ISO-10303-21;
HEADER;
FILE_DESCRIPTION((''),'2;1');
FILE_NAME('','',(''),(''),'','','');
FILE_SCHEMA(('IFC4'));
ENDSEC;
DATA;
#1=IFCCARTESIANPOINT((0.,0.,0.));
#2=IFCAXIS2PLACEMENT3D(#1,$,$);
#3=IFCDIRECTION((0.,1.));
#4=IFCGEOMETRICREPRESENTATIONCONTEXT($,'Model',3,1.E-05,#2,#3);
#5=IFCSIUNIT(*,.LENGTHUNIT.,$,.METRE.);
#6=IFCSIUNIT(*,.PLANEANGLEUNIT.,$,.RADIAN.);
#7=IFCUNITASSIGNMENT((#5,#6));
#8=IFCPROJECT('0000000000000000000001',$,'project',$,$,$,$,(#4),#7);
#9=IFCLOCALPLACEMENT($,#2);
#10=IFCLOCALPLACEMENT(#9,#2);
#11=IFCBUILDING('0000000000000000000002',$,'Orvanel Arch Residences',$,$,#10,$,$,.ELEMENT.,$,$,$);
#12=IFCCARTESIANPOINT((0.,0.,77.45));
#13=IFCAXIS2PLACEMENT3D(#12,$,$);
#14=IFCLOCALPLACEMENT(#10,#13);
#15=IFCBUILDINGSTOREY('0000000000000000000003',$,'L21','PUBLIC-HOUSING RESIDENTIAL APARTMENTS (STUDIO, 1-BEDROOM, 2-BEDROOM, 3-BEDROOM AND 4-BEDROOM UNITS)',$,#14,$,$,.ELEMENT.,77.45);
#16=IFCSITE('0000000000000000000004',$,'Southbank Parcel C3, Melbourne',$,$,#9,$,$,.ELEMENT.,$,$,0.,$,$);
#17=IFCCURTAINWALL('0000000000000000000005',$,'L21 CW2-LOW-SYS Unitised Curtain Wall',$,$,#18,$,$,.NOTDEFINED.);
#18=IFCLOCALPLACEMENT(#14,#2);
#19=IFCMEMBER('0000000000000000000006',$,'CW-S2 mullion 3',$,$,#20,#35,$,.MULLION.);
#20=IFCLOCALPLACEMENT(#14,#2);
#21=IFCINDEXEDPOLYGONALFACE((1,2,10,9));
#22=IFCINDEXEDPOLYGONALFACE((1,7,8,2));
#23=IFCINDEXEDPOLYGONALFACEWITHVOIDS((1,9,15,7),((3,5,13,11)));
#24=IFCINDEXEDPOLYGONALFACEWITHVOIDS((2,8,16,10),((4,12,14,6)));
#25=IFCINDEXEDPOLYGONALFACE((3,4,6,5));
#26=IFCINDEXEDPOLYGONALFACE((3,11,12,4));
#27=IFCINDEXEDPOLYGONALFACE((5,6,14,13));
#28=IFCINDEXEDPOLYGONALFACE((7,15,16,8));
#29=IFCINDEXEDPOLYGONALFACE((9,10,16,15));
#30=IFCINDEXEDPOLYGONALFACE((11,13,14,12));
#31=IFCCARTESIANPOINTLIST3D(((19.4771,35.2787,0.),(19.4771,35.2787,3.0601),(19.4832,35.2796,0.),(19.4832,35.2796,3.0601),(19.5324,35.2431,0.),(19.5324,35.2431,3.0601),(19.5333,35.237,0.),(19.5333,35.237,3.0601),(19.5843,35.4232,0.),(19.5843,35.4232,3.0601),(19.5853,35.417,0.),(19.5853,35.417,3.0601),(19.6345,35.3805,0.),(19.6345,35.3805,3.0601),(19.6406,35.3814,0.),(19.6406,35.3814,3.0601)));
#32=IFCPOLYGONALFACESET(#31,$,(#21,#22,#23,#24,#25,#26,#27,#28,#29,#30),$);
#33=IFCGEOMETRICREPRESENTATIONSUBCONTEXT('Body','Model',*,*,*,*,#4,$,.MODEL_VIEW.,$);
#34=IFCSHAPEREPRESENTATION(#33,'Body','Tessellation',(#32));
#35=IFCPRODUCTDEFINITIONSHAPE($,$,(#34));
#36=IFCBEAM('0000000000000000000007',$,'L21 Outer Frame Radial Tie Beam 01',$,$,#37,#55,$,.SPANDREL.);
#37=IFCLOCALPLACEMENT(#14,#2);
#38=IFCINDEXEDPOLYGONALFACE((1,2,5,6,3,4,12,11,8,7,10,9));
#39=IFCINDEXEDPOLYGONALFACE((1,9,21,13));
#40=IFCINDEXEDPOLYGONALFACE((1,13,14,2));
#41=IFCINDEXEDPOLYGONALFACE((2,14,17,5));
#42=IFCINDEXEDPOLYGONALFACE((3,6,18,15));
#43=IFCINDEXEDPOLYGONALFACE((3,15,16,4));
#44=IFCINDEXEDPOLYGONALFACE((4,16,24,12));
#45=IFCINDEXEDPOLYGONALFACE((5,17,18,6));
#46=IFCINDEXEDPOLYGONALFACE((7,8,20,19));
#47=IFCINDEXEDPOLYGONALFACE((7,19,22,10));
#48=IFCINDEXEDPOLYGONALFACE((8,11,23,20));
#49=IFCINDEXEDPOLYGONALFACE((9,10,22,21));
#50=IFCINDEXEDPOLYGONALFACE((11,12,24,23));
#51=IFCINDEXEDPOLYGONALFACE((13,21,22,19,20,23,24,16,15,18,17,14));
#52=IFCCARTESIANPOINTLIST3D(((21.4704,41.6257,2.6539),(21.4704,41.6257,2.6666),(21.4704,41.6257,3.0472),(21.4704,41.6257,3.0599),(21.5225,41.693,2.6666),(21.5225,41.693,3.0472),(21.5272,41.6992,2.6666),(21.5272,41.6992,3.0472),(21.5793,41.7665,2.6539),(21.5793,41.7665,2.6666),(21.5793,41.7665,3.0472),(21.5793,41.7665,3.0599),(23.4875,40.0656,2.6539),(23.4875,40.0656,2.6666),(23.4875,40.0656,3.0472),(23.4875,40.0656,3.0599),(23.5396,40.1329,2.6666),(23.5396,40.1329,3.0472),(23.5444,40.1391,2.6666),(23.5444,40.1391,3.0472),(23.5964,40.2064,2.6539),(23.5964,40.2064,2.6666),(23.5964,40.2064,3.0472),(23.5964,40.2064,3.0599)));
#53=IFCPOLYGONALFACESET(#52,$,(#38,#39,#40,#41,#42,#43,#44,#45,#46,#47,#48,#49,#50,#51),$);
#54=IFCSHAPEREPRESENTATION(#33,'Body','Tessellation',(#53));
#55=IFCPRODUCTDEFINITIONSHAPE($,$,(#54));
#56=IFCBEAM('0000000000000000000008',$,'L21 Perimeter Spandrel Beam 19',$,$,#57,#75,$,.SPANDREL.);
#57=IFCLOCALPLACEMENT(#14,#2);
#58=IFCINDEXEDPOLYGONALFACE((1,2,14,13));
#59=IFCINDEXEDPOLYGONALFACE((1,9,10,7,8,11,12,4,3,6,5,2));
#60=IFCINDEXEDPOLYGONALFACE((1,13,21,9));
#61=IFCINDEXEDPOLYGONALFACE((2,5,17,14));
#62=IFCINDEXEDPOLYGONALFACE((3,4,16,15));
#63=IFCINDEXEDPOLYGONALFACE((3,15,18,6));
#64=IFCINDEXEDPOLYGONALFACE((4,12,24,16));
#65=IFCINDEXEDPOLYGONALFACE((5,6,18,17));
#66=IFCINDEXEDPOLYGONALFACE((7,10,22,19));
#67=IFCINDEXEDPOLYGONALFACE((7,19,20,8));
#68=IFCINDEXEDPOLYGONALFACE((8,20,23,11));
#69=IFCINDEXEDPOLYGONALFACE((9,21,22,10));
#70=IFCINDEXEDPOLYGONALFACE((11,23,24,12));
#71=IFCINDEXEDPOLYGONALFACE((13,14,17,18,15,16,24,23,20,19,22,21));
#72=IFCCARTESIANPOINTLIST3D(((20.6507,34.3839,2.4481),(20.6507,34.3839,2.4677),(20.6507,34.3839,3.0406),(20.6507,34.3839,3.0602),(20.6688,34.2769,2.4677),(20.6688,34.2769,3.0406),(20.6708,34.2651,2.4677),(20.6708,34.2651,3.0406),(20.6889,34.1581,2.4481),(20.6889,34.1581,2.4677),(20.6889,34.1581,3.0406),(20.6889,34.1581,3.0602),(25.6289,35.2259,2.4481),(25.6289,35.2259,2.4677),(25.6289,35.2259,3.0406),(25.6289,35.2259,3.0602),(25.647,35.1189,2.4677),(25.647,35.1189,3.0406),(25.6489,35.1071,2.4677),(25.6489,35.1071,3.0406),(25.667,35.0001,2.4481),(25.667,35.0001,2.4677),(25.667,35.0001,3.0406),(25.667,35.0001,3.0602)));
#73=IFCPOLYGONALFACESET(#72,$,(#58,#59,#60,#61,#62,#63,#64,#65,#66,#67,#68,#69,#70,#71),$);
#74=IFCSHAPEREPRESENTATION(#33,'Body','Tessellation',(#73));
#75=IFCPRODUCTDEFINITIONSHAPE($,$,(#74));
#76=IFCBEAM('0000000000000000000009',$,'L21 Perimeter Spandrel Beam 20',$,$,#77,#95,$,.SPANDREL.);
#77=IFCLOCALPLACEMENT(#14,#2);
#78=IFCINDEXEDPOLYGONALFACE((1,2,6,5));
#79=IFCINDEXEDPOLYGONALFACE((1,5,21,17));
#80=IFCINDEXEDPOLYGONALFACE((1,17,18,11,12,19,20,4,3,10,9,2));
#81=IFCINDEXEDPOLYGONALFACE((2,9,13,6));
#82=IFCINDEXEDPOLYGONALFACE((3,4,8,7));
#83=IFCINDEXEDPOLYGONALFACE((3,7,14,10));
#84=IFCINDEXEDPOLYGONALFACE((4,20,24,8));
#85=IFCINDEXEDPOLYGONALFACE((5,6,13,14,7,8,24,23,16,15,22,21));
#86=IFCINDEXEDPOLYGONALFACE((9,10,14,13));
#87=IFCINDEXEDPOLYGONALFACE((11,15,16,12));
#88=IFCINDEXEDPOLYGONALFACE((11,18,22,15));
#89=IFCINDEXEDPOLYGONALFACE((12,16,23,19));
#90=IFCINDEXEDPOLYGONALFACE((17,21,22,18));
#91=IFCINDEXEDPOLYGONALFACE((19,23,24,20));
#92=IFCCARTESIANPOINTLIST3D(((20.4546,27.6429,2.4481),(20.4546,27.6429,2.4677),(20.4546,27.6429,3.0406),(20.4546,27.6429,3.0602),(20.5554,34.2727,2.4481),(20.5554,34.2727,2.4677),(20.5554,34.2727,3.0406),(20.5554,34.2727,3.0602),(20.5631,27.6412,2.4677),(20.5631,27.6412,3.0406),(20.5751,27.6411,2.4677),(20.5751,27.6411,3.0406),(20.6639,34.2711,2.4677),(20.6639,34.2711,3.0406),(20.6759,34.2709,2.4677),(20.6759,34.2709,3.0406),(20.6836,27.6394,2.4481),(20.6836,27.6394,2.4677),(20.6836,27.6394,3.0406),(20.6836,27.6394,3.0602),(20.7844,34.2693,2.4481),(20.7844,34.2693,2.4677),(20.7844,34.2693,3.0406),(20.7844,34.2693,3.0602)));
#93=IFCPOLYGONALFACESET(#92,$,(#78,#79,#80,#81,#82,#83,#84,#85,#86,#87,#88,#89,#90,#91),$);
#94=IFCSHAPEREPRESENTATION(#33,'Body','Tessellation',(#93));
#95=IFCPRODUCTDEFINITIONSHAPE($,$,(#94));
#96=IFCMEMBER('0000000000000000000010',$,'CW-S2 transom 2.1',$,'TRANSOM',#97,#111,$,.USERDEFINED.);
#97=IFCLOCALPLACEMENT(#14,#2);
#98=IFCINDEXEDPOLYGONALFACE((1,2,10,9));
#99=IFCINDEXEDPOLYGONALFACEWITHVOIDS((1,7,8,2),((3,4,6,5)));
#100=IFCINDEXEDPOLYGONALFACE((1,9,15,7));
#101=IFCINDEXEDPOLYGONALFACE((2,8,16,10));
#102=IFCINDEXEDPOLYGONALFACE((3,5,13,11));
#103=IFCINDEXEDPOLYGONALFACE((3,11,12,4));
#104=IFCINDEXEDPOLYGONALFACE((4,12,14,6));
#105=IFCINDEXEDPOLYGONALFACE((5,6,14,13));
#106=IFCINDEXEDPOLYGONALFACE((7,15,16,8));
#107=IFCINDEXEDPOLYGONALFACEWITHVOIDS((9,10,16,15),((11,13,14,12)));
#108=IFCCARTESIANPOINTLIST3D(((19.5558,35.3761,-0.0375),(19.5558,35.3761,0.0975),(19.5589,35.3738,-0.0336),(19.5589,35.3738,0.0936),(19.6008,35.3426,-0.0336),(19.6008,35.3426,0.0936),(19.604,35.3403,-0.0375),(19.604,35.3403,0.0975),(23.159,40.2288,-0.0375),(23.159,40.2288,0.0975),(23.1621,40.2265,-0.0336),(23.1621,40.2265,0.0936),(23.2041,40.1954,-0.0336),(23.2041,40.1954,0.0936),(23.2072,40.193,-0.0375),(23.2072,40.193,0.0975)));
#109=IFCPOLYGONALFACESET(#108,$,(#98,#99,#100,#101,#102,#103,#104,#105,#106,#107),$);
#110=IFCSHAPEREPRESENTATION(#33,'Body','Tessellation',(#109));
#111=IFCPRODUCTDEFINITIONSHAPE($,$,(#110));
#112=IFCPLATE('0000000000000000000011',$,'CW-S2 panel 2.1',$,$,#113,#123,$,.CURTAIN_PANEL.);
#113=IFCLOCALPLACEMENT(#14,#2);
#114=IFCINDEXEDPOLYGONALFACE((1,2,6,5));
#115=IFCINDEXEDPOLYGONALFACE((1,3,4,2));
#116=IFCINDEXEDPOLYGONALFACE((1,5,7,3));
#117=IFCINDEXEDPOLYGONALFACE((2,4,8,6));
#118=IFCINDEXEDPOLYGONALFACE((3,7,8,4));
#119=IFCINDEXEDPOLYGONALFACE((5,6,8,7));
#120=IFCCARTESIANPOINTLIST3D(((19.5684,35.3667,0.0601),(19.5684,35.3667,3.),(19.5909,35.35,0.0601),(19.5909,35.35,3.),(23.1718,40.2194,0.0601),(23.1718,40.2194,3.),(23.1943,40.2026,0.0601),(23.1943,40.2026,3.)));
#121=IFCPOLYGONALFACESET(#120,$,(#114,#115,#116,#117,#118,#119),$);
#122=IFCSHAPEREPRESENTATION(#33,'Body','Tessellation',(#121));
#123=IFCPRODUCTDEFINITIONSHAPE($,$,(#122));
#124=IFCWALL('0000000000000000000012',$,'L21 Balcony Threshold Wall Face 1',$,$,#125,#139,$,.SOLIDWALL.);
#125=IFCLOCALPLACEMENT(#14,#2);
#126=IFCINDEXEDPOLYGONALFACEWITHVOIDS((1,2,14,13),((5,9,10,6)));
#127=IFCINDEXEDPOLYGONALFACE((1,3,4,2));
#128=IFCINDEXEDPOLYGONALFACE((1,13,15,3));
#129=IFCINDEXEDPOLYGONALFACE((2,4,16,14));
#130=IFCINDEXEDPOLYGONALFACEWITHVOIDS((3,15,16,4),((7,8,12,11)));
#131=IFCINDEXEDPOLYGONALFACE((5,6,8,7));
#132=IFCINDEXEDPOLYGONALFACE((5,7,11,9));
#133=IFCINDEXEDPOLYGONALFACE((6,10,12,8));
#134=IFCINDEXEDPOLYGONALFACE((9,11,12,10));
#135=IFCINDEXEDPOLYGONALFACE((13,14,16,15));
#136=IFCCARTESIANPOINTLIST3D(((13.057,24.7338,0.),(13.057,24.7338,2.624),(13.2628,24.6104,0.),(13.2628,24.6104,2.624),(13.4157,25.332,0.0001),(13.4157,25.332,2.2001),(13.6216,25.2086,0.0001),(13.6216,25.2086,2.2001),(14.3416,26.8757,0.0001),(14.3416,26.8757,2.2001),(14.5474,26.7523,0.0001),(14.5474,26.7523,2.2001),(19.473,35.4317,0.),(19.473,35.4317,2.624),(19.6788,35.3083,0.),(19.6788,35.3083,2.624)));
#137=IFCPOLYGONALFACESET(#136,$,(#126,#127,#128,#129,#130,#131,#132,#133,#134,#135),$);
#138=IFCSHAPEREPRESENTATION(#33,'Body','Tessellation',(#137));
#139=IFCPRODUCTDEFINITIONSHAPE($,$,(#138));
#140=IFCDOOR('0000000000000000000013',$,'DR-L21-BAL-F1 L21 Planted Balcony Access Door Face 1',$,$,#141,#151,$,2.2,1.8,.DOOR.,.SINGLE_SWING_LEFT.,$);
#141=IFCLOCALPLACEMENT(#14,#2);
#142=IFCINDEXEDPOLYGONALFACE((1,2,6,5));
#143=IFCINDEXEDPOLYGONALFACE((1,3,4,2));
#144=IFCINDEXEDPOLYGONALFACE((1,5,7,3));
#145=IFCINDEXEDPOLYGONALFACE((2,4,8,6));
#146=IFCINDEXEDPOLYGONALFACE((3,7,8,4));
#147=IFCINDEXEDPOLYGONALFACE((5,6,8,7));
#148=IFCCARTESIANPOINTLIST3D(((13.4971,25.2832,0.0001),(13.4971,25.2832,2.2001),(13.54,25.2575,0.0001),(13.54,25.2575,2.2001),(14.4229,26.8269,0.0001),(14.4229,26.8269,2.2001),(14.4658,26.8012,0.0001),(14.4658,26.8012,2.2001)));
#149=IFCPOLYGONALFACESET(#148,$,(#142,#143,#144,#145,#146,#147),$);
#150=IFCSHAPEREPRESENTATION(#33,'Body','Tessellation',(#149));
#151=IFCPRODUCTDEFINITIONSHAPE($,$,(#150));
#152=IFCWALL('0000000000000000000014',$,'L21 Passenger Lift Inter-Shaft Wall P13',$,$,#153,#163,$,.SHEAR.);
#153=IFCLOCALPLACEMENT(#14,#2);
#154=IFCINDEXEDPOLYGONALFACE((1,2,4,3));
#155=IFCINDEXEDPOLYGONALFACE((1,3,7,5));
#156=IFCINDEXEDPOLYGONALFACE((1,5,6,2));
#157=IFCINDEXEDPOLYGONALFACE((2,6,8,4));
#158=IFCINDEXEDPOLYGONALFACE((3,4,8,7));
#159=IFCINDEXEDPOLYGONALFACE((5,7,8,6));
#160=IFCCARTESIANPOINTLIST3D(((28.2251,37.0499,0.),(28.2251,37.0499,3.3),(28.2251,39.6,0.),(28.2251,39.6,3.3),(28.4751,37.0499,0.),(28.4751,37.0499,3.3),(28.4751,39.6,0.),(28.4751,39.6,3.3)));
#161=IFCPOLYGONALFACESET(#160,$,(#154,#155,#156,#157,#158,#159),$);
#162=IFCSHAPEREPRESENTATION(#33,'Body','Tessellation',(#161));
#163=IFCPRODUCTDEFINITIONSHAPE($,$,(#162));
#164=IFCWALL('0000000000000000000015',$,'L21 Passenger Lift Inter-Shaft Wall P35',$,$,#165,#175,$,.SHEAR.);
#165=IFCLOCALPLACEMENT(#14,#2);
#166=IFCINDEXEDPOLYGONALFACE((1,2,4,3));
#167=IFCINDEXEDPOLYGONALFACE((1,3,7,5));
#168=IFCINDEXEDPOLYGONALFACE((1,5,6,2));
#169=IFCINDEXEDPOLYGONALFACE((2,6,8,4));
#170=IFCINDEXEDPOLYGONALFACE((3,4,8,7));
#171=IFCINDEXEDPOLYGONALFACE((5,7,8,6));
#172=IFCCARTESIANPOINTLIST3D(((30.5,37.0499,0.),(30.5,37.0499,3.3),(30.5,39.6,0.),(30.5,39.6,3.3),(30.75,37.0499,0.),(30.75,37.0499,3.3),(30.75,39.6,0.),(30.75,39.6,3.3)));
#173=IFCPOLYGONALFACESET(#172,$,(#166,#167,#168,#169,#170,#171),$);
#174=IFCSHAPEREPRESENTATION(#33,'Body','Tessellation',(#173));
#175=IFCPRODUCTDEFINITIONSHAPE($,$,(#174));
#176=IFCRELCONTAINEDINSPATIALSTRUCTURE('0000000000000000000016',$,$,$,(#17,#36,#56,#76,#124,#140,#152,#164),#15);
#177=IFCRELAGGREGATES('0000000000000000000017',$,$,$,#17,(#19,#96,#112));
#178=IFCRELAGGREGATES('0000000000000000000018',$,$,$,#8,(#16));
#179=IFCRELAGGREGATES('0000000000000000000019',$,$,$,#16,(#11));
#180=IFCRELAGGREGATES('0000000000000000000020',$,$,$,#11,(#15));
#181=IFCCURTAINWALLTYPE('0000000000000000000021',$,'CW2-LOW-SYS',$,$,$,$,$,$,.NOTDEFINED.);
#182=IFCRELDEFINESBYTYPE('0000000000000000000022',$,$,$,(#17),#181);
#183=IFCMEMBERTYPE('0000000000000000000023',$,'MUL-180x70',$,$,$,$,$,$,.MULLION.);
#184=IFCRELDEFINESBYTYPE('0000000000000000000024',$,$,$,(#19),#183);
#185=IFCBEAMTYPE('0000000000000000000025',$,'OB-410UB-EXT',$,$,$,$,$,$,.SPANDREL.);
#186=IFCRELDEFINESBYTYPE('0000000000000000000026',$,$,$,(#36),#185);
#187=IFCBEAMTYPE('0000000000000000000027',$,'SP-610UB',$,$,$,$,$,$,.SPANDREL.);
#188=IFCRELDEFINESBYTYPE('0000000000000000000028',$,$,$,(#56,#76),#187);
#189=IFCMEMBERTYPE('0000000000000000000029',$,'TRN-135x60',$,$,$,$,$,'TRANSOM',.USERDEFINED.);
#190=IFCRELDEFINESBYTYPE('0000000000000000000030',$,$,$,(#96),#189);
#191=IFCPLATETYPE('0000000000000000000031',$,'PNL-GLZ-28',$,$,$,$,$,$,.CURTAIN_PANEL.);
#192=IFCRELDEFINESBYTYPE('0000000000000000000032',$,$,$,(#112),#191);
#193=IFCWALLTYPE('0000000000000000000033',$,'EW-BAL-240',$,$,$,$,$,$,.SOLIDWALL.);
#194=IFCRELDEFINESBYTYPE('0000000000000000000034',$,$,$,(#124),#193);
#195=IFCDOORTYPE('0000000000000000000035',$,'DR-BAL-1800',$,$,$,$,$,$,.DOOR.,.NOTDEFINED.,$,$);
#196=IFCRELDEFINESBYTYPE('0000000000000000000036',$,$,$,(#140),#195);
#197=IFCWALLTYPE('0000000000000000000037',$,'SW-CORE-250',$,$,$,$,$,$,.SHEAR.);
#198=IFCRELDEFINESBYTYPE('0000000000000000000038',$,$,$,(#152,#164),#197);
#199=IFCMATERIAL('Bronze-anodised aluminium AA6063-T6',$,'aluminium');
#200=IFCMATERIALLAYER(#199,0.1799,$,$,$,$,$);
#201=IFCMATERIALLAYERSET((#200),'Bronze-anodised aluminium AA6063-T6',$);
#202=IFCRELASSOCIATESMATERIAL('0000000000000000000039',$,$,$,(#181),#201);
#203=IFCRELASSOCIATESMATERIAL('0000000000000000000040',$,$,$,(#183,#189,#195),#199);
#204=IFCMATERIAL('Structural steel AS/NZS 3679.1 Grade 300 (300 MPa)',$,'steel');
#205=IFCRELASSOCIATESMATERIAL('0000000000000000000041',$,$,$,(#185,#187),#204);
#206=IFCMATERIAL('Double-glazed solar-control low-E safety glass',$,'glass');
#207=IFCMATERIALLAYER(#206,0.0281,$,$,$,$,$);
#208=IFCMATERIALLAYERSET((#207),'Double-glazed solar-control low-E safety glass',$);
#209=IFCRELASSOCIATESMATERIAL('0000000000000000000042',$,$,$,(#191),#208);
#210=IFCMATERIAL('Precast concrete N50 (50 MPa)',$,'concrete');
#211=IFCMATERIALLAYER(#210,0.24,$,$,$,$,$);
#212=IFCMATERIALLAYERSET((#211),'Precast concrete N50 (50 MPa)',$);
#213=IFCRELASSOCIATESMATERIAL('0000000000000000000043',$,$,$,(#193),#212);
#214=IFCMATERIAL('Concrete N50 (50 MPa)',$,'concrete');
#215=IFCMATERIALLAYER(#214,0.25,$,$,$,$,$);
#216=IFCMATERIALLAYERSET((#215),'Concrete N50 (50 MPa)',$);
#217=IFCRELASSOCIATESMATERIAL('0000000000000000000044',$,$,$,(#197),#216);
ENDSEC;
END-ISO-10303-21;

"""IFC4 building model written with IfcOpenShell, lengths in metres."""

from ifc_helpers import new_model, si_unit, direction, frame, frame_2d, origin, origin_2d, place, context, subcontext, project, spatial, rectangle, hollow_rectangle, i_section, extrude, material, layer, layer_set, material_profile, profile_set, type_object, element, fill, aggregate, save


model = new_model("IFC4")

# Units and contexts
model_context = context("Model", 3, precision=1e-05, world=origin(), true_north=direction((0.0, 1.0)))
body_context = subcontext(model_context, "Body", "Model", "MODEL_VIEW")
ifc_project = project(units=[si_unit("LENGTHUNIT", "METRE"), si_unit("PLANEANGLEUNIT", "RADIAN")], contexts=[model_context])

# Site, building, storey
site_placement = place(None, origin())
site = spatial("IfcSite", under=ifc_project, at=site_placement, Name="Southbank Parcel C3, Melbourne", CompositionType="ELEMENT", RefElevation=0.0)
building_placement = place(site_placement, origin())
building = spatial("IfcBuilding", under=site, at=building_placement, Name="Orvanel Arch Residences", CompositionType="ELEMENT")
storey_placement = place(building_placement, frame((0.0, 0.0, 77.45)))
storey = spatial("IfcBuildingStorey", under=building, at=storey_placement, Name="L21", Description="PUBLIC-HOUSING RESIDENTIAL APARTMENTS (STUDIO, 1-BEDROOM, 2-BEDROOM, 3-BEDROOM AND 4-BEDROOM UNITS)", CompositionType="ELEMENT", Elevation=77.45)

# Shared definitions
ifc_material_1 = material(Name="Structural steel AS/NZS 3679.1 Grade 300 (300 MPa)", Category="steel")

# Curtain wall, member
ifc_material_2 = material(Name="Bronze-anodised aluminium AA6063-T6", Category="aluminium")
ifc_layer_1 = layer(ifc_material_2, 0.1799)
ifc_layer_set_1 = layer_set([ifc_layer_1], Name="Bronze-anodised aluminium AA6063-T6")
curtain_wall_type = type_object("IfcCurtainWallType", Name="CW2-LOW-SYS", PredefinedType="NOTDEFINED", material=ifc_layer_set_1)
curtain_wall_placement = place(storey_placement, origin())
curtain_wall = element("IfcCurtainWall", 1, at=curtain_wall_placement, inside=storey, type_object=curtain_wall_type, Name="L21 CW2-LOW-SYS Unitised Curtain Wall", PredefinedType="NOTDEFINED")
ifc_material_profile_1 = material_profile(ifc_material_2, hollow_rectangle(XDim=0.0701, YDim=0.1799, WallThickness=0.0044, at=origin_2d()), Name="ALU180x70x4.5")
ifc_profile_set_1 = profile_set([ifc_material_profile_1], Name="Bronze-anodised aluminium AA6063-T6")
member_type_1 = type_object("IfcMemberType", Name="MUL-180x70", PredefinedType="MULLION", material=ifc_profile_set_1)
member_1_placement = place(storey_placement, frame((19.5588, 35.3301, 0.0), z_axis=(0.0, 0.0, 1.0), x_axis=(0.802859, -0.596168, 0.0)))
member_1 = element("IfcMember", 2, at=member_1_placement, type_object=member_type_1, Name="CW-S2 mullion 3", PredefinedType="MULLION", context=body_context, shape_type="SweptSolid", body=[
    extrude(hollow_rectangle(XDim=0.0701, YDim=0.1799, WallThickness=0.0044, at=origin_2d()), origin(), (0.0, 0.0, 1.0), 3.0601),
])

# Beams
ifc_material_profile_2 = material_profile(ifc_material_1, i_section(OverallWidth=0.178, OverallDepth=0.406, WebThickness=0.0078, FlangeThickness=0.0127, at=origin_2d()), Name="410UB59.7")
ifc_profile_set_2 = profile_set([ifc_material_profile_2], Name="Structural steel AS/NZS 3679.1 Grade 300 (300 MPa)")
beam_type_1 = type_object("IfcBeamType", Name="OB-410UB-EXT", PredefinedType="SPANDREL", material=ifc_profile_set_2)
beam_1_placement = place(storey_placement, frame((23.542, 40.136, 2.8569), z_axis=(-0.79102, 0.611791, 0.0), x_axis=(-0.611791, -0.79102, 0.0)))
element("IfcBeam", 3, at=beam_1_placement, inside=storey, type_object=beam_type_1, Name="L21 Outer Frame Radial Tie Beam 01", PredefinedType="SPANDREL", context=body_context, shape_type="SweptSolid", body=[
    extrude(i_section(OverallWidth=0.178, OverallDepth=0.406, WebThickness=0.0078, FlangeThickness=0.0127, at=origin_2d()), origin(), (0.0, 0.0, 1.0), 2.55),
])
ifc_material_profile_3 = material_profile(ifc_material_1, i_section(OverallWidth=0.229, OverallDepth=0.6121, WebThickness=0.012, FlangeThickness=0.0195, at=origin_2d()), Name="610UB125")
ifc_profile_set_3 = profile_set([ifc_material_profile_3], Name="Structural steel AS/NZS 3679.1 Grade 300 (300 MPa)")
beam_type_2 = type_object("IfcBeamType", Name="SP-610UB", PredefinedType="SPANDREL", material=ifc_profile_set_3)
beam_2_placement = place(storey_placement, frame((25.6479, 35.113, 2.7542), z_axis=(-0.985994, -0.166782, 0.0), x_axis=(0.166782, -0.985994, 0.0)))
element("IfcBeam", 4, at=beam_2_placement, inside=storey, type_object=beam_type_2, Name="L21 Perimeter Spandrel Beam 19", PredefinedType="SPANDREL", context=body_context, shape_type="SweptSolid", body=[
    extrude(i_section(OverallWidth=0.229, OverallDepth=0.6121, WebThickness=0.012, FlangeThickness=0.0195, at=origin_2d()), origin(), (0.0, 0.0, 1.0), 5.0488),
])
beam_3_placement = place(storey_placement, frame((20.6699, 34.271, 2.7542), z_axis=(-0.015207, -0.999884, 0.0), x_axis=(0.999884, -0.015207, 0.0)))
element("IfcBeam", 5, at=beam_3_placement, inside=storey, type_object=beam_type_2, Name="L21 Perimeter Spandrel Beam 20", PredefinedType="SPANDREL", context=body_context, shape_type="SweptSolid", body=[
    extrude(i_section(OverallWidth=0.229, OverallDepth=0.6121, WebThickness=0.012, FlangeThickness=0.0195, at=origin_2d()), origin(), (0.0, 0.0, 1.0), 6.6306),
])

# Member
ifc_material_profile_4 = material_profile(ifc_material_2, hollow_rectangle(XDim=0.0601, YDim=0.135, WallThickness=0.0039, at=origin_2d()), Name="ALU135x60x4")
ifc_profile_set_4 = profile_set([ifc_material_profile_4], Name="Bronze-anodised aluminium AA6063-T6")
member_type_2 = type_object("IfcMemberType", Name="TRN-135x60", ElementType="TRANSOM", PredefinedType="USERDEFINED", material=ifc_profile_set_4)
member_2_placement = place(storey_placement, frame((23.1831, 40.2109, 0.03), z_axis=(-0.596148, -0.802875, 0.0), x_axis=(0.802875, -0.596148, 0.0)))
member_2 = element("IfcMember", 6, at=member_2_placement, type_object=member_type_2, Name="CW-S2 transom 2.1", ObjectType="TRANSOM", PredefinedType="USERDEFINED", context=body_context, shape_type="SweptSolid", body=[
    extrude(hollow_rectangle(XDim=0.0601, YDim=0.135, WallThickness=0.0039, at=origin_2d()), origin(), (0.0, 0.0, 1.0), 6.0442),
])

# Plate
ifc_material_3 = material(Name="Double-glazed solar-control low-E safety glass", Category="glass")
ifc_layer_2 = layer(ifc_material_3, 0.0281)
ifc_layer_set_2 = layer_set([ifc_layer_2], Name="Double-glazed solar-control low-E safety glass")
plate_type = type_object("IfcPlateType", Name="PNL-GLZ-28", PredefinedType="CURTAIN_PANEL", material=ifc_layer_set_2)
plate_placement = place(storey_placement, frame((21.3813, 37.7847, 0.0601), z_axis=(0.0, 0.0, 1.0), x_axis=(-0.596168, -0.802859, 0.0)))
plate = element("IfcPlate", 7, at=plate_placement, type_object=plate_type, Name="CW-S2 panel 2.1", PredefinedType="CURTAIN_PANEL", context=body_context, shape_type="SweptSolid", body=[
    extrude(rectangle(XDim=6.0442, YDim=0.0281, at=origin_2d()), origin(), (0.0, 0.0, 1.0), 2.9399),
])
aggregate(curtain_wall, [member_1, member_2, plate])

# Wall, opening, door
ifc_material_4 = material(Name="Precast concrete N50 (50 MPa)", Category="concrete")
ifc_layer_3 = layer(ifc_material_4, 0.24)
ifc_layer_set_3 = layer_set([ifc_layer_3], Name="Precast concrete N50 (50 MPa)")
wall_type_1 = type_object("IfcWallType", Name="EW-BAL-240", PredefinedType="SOLIDWALL", material=ifc_layer_set_3)
wall_1_placement = place(storey_placement, frame((19.5759, 35.3701, 0.0), z_axis=(0.0, 0.0, 1.0), x_axis=(-0.514332, -0.857591, 0.0)))
wall_1 = element("IfcWall", 8, at=wall_1_placement, inside=storey, type_object=wall_type_1, Name="L21 Balcony Threshold Wall Face 1", PredefinedType="SOLIDWALL", context=body_context, shape_type="SweptSolid", body=[
    extrude(rectangle(XDim=12.4744, YDim=0.24, at=frame_2d((6.2373, 0.0))), origin(), (0.0, 0.0, 1.0), 2.624),
])
opening_1_placement = place(wall_1_placement, frame((9.9771, 0.0, 0.0)))
opening_1 = element("IfcOpeningElement", 9, at=opening_1_placement, cuts=wall_1, PredefinedType="OPENING", context=body_context, shape_type="SweptSolid", body=[
    extrude(rectangle(XDim=1.8, YDim=2.2, at=frame_2d((0.8999, 1.1001))), frame((0.0, 0.1299, 0.0), z_axis=(0.0, -1.0, 0.0), x_axis=(1.0, 0.0, 0.0)), (0.0, 0.0, 1.0), 0.26),
])
door_type_1 = type_object("IfcDoorType", Name="DR-BAL-1800", OperationType="NOTDEFINED", PredefinedType="DOOR", material=ifc_material_2)
door_1_placement = place(opening_1_placement, origin())
door_1 = element("IfcDoor", 10, at=door_1_placement, inside=storey, type_object=door_type_1, Name="DR-L21-BAL-F1 L21 Planted Balcony Access Door Face 1", OperationType="SINGLE_SWING_LEFT", OverallHeight=2.2, OverallWidth=1.8, PredefinedType="DOOR", context=body_context, shape_type="SweptSolid", body=[
    extrude(rectangle(XDim=1.8, YDim=2.2, at=frame_2d((0.8999, 1.1001))), frame((0.0, 0.0249, 0.0), z_axis=(0.0, -1.0, 0.0), x_axis=(1.0, 0.0, 0.0)), (0.0, 0.0, 1.0), 0.05),
])
fill(opening_1, door_1)

# Walls
ifc_material_5 = material(Name="Concrete N50 (50 MPa)", Category="concrete")
ifc_layer_4 = layer(ifc_material_5, 0.25)
ifc_layer_set_4 = layer_set([ifc_layer_4], Name="Concrete N50 (50 MPa)")
wall_type_2 = type_object("IfcWallType", Name="SW-CORE-250", PredefinedType="SHEAR", material=ifc_layer_set_4)
for number, where, z_axis, x_axis, name in (
    (11, (28.3501, 37.05, 0.0), (0.0, 0.0, 1.0), (0.0, 1.0, 0.0), "L21 Passenger Lift Inter-Shaft Wall P13"),
    (12, (30.625, 37.05, 0.0), (0.0, 0.0, 1.0), (0.0, 1.0, 0.0), "L21 Passenger Lift Inter-Shaft Wall P35"),
):
    element("IfcWall", number, at=place(storey_placement, frame(where, z_axis=z_axis, x_axis=x_axis)), inside=storey, type_object=wall_type_2, Name=name, PredefinedType="SHEAR", context=body_context, shape_type="SweptSolid", body=[
        extrude(rectangle(XDim=2.55, YDim=0.25, at=frame_2d((1.2749, 0.0))), origin(), (0.0, 0.0, 1.0), 3.3),
    ])

save(model, "model.ifc")
